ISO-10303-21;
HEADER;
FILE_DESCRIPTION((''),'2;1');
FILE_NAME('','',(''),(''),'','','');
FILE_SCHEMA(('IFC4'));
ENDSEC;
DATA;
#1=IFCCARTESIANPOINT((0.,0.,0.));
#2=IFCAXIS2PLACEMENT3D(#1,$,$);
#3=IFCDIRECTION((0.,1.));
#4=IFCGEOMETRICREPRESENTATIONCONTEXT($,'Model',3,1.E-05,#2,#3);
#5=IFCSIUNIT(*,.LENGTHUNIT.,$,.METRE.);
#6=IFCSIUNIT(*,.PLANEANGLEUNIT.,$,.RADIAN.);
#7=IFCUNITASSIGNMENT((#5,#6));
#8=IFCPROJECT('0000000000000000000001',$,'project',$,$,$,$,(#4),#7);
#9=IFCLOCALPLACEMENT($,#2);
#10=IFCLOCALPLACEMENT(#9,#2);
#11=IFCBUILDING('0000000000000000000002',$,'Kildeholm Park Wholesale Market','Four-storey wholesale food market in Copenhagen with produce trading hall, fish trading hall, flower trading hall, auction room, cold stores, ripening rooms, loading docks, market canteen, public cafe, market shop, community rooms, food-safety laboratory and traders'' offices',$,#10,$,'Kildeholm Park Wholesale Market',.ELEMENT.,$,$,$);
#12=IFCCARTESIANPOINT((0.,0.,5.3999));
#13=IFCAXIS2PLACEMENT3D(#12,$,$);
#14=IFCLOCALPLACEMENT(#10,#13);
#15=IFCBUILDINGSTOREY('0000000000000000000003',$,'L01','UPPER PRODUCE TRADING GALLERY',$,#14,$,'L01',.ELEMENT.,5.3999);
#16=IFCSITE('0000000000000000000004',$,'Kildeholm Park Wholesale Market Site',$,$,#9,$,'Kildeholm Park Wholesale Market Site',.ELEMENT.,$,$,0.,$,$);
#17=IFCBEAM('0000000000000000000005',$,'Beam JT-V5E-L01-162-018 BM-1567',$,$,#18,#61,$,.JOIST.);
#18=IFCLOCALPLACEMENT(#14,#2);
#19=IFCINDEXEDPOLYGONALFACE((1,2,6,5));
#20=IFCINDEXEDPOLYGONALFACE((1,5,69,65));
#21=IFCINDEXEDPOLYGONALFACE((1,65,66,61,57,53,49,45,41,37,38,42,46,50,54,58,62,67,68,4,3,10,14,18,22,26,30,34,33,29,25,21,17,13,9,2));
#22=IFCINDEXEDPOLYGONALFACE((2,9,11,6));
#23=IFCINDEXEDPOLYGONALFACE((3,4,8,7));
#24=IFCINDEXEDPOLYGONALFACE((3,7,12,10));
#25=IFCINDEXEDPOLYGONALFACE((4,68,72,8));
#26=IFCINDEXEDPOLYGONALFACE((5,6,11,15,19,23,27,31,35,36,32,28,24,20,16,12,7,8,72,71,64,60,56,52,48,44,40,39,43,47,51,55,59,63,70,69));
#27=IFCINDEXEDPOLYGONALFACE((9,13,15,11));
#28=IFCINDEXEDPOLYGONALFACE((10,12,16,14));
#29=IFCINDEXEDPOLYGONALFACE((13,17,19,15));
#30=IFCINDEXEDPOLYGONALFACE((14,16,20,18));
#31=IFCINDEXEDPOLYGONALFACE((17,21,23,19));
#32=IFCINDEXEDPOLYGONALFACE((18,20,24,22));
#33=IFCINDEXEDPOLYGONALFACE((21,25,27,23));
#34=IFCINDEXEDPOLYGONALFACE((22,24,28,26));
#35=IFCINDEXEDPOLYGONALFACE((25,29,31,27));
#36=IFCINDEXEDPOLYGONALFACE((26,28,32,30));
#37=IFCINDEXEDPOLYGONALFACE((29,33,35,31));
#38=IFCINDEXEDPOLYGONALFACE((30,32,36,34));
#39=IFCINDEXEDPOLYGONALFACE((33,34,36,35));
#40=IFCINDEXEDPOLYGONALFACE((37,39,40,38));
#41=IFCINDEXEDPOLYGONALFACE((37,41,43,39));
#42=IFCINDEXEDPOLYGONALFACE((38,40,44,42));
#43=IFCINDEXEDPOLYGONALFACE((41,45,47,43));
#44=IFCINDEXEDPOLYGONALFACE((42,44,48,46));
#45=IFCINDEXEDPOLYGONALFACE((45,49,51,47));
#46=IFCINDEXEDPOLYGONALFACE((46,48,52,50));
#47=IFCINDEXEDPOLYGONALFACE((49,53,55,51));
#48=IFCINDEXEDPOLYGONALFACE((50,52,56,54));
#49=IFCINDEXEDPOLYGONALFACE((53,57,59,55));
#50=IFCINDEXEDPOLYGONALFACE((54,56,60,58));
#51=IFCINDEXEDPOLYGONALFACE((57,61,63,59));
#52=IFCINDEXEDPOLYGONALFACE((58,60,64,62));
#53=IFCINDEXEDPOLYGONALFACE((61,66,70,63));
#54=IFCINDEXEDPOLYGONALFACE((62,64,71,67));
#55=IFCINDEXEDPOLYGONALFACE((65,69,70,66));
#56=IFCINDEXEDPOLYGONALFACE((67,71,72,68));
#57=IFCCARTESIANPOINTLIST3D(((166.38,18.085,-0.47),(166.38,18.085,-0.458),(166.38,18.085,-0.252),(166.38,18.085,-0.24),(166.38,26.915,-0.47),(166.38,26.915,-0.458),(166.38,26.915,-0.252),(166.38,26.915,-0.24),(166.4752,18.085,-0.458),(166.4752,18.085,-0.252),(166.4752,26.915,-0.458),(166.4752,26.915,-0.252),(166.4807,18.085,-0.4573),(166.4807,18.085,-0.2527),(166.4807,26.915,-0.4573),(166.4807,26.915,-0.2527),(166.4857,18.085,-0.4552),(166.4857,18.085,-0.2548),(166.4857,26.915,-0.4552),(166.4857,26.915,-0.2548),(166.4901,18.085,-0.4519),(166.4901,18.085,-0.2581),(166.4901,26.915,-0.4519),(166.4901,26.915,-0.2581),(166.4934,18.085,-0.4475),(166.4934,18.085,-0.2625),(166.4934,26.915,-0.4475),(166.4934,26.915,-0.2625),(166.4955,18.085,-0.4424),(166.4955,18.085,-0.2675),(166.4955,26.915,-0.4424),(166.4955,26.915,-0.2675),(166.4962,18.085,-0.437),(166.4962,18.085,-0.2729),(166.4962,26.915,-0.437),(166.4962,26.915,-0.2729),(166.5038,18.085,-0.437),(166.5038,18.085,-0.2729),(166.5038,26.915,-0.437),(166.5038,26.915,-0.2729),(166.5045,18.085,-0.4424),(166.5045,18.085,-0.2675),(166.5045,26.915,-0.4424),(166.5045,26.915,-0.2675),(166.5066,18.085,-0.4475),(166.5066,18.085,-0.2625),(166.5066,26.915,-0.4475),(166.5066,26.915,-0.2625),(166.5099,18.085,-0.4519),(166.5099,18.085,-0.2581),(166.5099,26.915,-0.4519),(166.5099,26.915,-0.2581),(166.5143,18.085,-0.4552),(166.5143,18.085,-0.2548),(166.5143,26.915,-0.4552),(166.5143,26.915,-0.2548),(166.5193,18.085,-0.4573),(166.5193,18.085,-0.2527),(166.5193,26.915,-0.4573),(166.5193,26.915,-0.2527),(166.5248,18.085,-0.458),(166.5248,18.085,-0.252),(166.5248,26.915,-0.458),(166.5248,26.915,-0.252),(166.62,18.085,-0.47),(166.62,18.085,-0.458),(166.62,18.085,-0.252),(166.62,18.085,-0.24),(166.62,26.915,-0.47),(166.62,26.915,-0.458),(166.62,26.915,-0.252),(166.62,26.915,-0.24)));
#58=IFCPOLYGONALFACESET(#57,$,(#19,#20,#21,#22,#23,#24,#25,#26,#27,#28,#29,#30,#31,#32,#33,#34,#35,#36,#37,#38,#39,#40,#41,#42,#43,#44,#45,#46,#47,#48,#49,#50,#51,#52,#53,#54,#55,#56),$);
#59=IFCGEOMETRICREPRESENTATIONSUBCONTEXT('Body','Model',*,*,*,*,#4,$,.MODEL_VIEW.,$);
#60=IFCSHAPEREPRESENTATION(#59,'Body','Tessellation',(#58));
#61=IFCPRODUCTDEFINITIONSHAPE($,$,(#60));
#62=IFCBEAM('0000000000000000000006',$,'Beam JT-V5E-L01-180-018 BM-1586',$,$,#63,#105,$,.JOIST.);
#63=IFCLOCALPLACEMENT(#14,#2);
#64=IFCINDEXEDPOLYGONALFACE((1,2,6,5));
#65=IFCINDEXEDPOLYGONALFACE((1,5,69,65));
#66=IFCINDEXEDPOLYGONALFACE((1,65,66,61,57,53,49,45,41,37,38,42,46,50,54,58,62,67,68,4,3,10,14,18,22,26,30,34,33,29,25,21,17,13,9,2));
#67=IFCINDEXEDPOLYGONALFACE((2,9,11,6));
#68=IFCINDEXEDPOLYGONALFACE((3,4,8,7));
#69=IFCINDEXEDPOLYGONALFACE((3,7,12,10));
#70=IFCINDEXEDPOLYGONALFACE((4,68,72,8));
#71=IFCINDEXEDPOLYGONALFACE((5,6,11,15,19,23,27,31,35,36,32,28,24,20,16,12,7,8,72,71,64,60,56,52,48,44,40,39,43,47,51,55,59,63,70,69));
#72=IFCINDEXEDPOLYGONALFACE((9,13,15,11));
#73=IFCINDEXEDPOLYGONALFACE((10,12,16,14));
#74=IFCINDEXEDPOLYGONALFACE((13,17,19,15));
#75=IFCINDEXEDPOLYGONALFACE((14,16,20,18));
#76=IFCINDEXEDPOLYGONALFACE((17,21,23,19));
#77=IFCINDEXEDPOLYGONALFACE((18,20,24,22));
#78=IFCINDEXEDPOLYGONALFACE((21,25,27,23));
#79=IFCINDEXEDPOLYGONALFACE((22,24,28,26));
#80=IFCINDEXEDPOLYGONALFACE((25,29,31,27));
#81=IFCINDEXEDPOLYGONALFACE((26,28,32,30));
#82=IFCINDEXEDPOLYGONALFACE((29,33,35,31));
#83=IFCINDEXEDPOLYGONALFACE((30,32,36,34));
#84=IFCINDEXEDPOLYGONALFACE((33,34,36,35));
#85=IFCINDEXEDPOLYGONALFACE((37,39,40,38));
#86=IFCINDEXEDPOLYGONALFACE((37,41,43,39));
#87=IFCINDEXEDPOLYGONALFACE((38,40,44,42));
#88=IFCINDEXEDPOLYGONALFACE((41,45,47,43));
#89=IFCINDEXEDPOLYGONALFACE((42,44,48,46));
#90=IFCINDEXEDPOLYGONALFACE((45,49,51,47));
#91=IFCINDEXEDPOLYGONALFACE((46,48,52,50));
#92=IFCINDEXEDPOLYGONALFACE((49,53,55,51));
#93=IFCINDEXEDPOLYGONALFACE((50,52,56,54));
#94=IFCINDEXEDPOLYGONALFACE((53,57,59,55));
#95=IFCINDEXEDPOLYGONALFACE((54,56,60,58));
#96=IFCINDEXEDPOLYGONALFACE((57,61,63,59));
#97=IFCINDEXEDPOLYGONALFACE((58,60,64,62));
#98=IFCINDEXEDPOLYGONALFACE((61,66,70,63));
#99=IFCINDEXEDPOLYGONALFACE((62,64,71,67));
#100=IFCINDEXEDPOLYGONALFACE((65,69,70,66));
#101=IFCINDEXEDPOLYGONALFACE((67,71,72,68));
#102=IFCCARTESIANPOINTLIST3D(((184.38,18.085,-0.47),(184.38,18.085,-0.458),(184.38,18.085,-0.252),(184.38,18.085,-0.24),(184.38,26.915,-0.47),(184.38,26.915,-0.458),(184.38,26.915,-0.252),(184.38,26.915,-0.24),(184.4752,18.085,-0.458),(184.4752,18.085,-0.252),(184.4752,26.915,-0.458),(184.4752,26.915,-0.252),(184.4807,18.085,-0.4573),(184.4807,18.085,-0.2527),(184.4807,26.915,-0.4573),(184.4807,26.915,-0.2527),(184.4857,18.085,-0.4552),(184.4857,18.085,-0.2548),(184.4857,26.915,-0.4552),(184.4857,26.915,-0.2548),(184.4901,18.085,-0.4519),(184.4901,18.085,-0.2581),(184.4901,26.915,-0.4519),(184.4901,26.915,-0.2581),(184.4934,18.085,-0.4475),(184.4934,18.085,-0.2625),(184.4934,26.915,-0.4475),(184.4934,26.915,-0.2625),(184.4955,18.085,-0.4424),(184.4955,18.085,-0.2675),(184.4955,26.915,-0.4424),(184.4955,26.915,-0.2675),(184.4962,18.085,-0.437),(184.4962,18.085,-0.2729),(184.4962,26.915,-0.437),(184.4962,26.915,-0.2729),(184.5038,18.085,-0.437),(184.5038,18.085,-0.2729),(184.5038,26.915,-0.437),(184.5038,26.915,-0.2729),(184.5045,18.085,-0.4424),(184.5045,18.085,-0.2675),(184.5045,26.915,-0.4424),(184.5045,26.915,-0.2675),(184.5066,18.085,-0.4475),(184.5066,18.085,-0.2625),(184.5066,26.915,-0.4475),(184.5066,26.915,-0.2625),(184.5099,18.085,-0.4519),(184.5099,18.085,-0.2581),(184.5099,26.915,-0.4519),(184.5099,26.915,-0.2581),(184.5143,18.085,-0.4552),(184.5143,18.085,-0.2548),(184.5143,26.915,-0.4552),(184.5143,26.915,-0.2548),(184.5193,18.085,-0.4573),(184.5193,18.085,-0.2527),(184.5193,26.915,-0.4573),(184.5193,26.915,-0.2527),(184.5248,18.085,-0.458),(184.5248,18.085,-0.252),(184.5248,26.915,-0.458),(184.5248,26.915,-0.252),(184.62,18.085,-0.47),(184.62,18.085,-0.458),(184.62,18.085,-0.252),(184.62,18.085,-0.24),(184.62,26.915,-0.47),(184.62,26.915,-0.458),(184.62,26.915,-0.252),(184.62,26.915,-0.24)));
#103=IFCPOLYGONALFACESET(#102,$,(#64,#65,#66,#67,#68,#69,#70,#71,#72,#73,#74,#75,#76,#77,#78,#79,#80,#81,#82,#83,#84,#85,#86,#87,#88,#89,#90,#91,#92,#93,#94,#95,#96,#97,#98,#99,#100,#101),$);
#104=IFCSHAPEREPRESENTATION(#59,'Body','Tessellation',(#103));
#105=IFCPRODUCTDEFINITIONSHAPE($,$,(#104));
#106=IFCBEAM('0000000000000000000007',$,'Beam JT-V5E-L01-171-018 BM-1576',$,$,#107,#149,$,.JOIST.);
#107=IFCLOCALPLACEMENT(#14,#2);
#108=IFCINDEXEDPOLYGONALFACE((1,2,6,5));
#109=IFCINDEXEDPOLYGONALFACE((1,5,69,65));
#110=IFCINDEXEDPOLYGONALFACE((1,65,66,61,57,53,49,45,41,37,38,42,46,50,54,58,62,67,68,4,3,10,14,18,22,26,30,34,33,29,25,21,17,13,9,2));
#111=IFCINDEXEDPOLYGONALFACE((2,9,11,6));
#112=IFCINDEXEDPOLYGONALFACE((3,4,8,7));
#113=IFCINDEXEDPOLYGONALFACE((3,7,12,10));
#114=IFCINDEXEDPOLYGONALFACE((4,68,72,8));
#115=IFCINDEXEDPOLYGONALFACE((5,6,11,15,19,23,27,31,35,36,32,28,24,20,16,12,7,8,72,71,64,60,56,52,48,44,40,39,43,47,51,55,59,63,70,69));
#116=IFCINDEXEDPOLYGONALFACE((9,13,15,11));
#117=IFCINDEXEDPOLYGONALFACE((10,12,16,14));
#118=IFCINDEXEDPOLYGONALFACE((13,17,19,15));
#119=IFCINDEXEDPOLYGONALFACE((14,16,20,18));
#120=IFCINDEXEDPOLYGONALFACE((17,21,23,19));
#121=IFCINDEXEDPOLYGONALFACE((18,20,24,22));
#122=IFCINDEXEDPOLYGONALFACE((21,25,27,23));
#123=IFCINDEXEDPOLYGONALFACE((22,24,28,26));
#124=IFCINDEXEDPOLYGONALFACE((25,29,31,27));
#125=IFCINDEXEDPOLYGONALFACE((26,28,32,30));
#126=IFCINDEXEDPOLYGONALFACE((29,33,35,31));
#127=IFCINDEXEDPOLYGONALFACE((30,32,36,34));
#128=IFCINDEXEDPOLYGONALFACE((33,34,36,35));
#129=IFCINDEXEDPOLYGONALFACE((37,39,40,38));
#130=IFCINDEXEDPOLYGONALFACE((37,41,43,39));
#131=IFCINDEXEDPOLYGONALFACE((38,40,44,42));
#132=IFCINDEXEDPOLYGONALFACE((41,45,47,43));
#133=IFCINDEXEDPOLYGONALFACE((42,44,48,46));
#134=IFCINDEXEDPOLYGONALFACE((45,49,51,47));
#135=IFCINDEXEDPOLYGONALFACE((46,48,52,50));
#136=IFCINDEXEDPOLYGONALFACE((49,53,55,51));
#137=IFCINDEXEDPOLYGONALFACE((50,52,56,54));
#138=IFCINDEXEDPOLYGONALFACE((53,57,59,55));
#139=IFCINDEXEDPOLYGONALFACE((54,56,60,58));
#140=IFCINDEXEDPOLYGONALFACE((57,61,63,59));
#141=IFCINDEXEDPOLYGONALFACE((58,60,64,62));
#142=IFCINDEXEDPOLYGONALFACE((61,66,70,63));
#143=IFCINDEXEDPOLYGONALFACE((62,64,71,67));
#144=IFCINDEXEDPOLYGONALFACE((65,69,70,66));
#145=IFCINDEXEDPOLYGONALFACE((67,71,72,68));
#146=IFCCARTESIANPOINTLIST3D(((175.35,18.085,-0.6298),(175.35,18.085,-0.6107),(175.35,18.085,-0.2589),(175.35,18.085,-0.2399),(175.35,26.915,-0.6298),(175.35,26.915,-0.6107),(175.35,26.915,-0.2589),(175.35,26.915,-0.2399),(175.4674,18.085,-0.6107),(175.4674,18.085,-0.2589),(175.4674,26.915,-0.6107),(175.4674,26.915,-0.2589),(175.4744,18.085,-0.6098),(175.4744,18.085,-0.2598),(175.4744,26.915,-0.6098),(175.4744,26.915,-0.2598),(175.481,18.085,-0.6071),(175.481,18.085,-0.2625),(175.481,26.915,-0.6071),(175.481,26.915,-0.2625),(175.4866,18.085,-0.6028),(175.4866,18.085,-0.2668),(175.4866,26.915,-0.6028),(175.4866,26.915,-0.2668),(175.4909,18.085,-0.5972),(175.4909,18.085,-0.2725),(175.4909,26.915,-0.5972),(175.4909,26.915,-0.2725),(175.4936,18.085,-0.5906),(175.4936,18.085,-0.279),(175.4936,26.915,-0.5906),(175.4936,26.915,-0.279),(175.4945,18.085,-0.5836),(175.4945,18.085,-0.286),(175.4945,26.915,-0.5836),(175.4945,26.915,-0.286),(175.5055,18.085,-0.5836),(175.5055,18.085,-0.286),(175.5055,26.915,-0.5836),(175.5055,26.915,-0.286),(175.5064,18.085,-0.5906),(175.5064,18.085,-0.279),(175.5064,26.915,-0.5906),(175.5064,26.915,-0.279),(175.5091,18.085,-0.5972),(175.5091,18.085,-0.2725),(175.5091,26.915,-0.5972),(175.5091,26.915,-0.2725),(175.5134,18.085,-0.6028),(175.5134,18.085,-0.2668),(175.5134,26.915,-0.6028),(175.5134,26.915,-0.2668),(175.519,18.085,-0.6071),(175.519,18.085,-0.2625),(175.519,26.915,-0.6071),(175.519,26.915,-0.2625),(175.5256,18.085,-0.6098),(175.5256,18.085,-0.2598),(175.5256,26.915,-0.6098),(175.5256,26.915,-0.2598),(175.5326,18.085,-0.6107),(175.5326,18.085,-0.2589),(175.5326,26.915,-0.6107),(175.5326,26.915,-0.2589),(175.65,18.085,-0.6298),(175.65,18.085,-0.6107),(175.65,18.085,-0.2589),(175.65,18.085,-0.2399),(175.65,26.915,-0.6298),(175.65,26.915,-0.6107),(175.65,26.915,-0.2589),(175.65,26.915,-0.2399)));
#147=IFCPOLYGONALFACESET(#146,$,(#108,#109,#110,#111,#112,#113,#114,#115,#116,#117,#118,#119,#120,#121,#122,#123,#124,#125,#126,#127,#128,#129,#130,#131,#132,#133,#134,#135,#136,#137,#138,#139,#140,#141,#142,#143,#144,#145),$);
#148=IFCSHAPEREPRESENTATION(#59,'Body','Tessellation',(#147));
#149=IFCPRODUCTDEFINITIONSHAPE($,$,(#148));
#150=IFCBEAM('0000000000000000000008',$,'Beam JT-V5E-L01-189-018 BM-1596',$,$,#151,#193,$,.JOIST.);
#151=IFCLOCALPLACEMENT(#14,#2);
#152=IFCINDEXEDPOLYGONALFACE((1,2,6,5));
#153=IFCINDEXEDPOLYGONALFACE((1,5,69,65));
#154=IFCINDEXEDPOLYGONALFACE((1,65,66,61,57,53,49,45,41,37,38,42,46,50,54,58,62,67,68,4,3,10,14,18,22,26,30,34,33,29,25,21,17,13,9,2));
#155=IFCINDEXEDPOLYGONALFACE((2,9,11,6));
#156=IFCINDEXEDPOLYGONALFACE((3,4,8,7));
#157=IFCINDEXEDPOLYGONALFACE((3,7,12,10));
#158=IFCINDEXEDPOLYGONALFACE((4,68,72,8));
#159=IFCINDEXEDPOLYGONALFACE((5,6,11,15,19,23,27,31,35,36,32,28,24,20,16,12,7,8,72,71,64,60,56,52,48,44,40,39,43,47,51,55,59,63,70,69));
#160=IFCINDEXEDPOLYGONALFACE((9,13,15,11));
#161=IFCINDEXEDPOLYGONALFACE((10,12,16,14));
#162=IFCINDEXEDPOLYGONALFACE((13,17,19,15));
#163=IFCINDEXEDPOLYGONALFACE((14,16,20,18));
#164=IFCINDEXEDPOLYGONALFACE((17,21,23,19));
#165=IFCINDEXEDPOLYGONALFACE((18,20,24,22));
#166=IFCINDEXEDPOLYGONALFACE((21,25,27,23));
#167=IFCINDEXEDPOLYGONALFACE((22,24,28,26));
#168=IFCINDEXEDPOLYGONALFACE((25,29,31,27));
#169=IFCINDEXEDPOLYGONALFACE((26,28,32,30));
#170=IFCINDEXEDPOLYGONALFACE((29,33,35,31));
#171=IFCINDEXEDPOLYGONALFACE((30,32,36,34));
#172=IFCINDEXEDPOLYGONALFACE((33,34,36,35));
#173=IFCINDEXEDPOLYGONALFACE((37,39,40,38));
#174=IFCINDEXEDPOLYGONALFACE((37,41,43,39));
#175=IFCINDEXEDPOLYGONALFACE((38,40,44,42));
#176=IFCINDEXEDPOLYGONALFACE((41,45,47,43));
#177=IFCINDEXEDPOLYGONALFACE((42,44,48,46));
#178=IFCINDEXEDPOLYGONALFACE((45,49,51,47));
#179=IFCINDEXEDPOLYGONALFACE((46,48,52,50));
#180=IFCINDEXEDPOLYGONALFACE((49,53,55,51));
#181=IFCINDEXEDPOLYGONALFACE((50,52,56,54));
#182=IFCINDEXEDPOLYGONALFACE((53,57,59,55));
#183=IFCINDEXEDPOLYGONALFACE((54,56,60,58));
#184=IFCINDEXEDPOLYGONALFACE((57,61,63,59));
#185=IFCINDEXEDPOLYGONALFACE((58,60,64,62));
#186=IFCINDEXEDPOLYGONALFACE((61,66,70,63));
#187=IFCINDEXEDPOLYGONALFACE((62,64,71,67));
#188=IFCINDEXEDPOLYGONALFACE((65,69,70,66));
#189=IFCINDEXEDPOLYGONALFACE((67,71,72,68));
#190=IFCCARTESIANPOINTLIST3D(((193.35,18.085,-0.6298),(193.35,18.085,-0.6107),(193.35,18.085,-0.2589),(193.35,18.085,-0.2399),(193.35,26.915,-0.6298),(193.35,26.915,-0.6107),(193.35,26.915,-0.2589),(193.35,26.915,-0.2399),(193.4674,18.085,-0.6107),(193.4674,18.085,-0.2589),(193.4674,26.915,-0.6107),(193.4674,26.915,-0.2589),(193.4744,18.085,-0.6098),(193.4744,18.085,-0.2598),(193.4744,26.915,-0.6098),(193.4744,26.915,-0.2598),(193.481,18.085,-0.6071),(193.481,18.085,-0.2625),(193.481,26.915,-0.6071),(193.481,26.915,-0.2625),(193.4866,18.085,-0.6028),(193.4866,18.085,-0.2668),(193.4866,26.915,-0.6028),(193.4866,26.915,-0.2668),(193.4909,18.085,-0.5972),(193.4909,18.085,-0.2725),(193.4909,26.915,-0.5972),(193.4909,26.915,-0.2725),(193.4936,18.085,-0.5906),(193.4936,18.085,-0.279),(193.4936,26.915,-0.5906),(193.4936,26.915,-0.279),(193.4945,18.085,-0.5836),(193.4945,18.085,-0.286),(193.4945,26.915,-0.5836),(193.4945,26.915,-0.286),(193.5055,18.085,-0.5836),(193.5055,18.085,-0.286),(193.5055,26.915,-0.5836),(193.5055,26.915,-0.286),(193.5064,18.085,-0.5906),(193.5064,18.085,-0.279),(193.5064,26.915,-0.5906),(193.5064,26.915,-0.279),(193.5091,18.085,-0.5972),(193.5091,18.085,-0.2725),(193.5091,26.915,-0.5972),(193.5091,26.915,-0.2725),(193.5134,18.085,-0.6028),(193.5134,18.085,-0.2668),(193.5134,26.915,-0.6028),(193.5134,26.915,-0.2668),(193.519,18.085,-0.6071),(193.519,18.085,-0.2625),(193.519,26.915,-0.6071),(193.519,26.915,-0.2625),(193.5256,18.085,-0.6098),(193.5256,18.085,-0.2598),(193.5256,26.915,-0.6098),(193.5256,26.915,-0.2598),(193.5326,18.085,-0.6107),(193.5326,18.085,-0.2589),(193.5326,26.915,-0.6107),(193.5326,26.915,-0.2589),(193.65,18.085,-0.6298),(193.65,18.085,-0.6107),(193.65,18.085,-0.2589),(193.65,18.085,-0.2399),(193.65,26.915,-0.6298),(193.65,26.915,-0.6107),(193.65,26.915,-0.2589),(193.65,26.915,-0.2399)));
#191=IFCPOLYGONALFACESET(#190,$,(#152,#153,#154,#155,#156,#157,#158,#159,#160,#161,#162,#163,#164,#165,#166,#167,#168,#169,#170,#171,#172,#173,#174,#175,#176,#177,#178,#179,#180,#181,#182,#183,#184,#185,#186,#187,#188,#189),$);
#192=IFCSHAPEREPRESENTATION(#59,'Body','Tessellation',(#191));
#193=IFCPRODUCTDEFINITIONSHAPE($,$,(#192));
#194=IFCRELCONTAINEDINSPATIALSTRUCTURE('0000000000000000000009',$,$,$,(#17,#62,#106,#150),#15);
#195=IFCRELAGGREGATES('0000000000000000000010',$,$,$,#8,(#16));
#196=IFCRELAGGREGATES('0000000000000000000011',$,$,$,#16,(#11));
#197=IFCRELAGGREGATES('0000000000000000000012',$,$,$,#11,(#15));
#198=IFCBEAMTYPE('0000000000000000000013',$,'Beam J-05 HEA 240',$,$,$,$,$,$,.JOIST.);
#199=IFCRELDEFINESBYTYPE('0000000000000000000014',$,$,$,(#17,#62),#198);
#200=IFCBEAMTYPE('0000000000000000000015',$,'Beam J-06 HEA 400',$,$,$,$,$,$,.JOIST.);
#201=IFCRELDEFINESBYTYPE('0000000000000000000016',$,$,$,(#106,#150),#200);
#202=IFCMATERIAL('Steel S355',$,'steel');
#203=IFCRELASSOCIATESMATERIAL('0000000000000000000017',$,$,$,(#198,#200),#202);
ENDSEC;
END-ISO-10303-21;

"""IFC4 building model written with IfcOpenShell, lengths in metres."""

from ifc_helpers import new_model, si_unit, direction, frame, origin, origin_2d, place, context, subcontext, project, spatial, i_section, extrude, material, material_profile, profile_set, type_object, element, save


model = new_model("IFC4")

# Units and contexts
model_context = context("Model", 3, precision=1e-05, world=origin(), true_north=direction((0.0, 1.0)))
body_context = subcontext(model_context, "Body", "Model", "MODEL_VIEW")
ifc_project = project(units=[si_unit("LENGTHUNIT", "METRE"), si_unit("PLANEANGLEUNIT", "RADIAN")], contexts=[model_context])

# Site, building, storey
site_placement = place(None, origin())
site = spatial("IfcSite", under=ifc_project, at=site_placement, Name="Kildeholm Park Wholesale Market Site", LongName="Kildeholm Park Wholesale Market Site", CompositionType="ELEMENT", RefElevation=0.0)
building_placement = place(site_placement, origin())
building = spatial("IfcBuilding", under=site, at=building_placement, Name="Kildeholm Park Wholesale Market", Description="Four-storey wholesale food market in Copenhagen with produce trading hall, fish trading hall, flower trading hall, auction room, cold stores, ripening rooms, loading docks, market canteen, public cafe, market shop, community rooms, food-safety laboratory and traders' offices", LongName="Kildeholm Park Wholesale Market", CompositionType="ELEMENT")
storey_placement = place(building_placement, frame((0.0, 0.0, 5.3999)))
storey = spatial("IfcBuildingStorey", under=building, at=storey_placement, Name="L01", Description="UPPER PRODUCE TRADING GALLERY", LongName="L01", CompositionType="ELEMENT", Elevation=5.3999)

# Shared definitions
ifc_material_1 = material(Name="Steel S355", Category="steel")

# Beams
ifc_material_profile_1 = material_profile(ifc_material_1, i_section(OverallWidth=0.24, OverallDepth=0.23, WebThickness=0.0076, FlangeThickness=0.012, FilletRadius=0.021, at=origin_2d()), Name="HEA 240")
ifc_profile_set_1 = profile_set([ifc_material_profile_1], Name="Steel S355")
beam_type_1 = type_object("IfcBeamType", Name="Beam J-05 HEA 240", PredefinedType="JOIST", material=ifc_profile_set_1)
for number, where, z_axis, x_axis, name in (
    (1, (166.5, 18.085, -0.355), (0.0, 1.0, 0.0), (-1.0, 0.0, 0.0), "Beam JT-V5E-L01-162-018 BM-1567"),
    (2, (184.5, 18.085, -0.355), (0.0, 1.0, 0.0), (-1.0, 0.0, 0.0), "Beam JT-V5E-L01-180-018 BM-1586"),
):
    element("IfcBeam", number, at=place(storey_placement, frame(where, z_axis=z_axis, x_axis=x_axis)), inside=storey, type_object=beam_type_1, Name=name, PredefinedType="JOIST", context=body_context, shape_type="SweptSolid", body=[
        extrude(i_section(OverallWidth=0.24, OverallDepth=0.23, WebThickness=0.0076, FlangeThickness=0.012, FilletRadius=0.021, at=origin_2d()), origin(), (0.0, 0.0, 1.0), 8.8301),
    ])
ifc_material_profile_2 = material_profile(ifc_material_1, i_section(OverallWidth=0.3, OverallDepth=0.3899, WebThickness=0.011, FlangeThickness=0.019, FilletRadius=0.0271, at=origin_2d()), Name="HEA 400")
ifc_profile_set_2 = profile_set([ifc_material_profile_2], Name="Steel S355")
beam_type_2 = type_object("IfcBeamType", Name="Beam J-06 HEA 400", PredefinedType="JOIST", material=ifc_profile_set_2)
for number, where, z_axis, x_axis, name in (
    (3, (175.5, 18.085, -0.4348), (0.0, 1.0, 0.0), (-1.0, 0.0, 0.0), "Beam JT-V5E-L01-171-018 BM-1576"),
    (4, (193.5, 18.085, -0.4348), (0.0, 1.0, 0.0), (-1.0, 0.0, 0.0), "Beam JT-V5E-L01-189-018 BM-1596"),
):
    element("IfcBeam", number, at=place(storey_placement, frame(where, z_axis=z_axis, x_axis=x_axis)), inside=storey, type_object=beam_type_2, Name=name, PredefinedType="JOIST", context=body_context, shape_type="SweptSolid", body=[
        extrude(i_section(OverallWidth=0.3, OverallDepth=0.3899, WebThickness=0.011, FlangeThickness=0.019, FilletRadius=0.0271, at=origin_2d()), origin(), (0.0, 0.0, 1.0), 8.8301),
    ])

save(model, "model.ifc")
